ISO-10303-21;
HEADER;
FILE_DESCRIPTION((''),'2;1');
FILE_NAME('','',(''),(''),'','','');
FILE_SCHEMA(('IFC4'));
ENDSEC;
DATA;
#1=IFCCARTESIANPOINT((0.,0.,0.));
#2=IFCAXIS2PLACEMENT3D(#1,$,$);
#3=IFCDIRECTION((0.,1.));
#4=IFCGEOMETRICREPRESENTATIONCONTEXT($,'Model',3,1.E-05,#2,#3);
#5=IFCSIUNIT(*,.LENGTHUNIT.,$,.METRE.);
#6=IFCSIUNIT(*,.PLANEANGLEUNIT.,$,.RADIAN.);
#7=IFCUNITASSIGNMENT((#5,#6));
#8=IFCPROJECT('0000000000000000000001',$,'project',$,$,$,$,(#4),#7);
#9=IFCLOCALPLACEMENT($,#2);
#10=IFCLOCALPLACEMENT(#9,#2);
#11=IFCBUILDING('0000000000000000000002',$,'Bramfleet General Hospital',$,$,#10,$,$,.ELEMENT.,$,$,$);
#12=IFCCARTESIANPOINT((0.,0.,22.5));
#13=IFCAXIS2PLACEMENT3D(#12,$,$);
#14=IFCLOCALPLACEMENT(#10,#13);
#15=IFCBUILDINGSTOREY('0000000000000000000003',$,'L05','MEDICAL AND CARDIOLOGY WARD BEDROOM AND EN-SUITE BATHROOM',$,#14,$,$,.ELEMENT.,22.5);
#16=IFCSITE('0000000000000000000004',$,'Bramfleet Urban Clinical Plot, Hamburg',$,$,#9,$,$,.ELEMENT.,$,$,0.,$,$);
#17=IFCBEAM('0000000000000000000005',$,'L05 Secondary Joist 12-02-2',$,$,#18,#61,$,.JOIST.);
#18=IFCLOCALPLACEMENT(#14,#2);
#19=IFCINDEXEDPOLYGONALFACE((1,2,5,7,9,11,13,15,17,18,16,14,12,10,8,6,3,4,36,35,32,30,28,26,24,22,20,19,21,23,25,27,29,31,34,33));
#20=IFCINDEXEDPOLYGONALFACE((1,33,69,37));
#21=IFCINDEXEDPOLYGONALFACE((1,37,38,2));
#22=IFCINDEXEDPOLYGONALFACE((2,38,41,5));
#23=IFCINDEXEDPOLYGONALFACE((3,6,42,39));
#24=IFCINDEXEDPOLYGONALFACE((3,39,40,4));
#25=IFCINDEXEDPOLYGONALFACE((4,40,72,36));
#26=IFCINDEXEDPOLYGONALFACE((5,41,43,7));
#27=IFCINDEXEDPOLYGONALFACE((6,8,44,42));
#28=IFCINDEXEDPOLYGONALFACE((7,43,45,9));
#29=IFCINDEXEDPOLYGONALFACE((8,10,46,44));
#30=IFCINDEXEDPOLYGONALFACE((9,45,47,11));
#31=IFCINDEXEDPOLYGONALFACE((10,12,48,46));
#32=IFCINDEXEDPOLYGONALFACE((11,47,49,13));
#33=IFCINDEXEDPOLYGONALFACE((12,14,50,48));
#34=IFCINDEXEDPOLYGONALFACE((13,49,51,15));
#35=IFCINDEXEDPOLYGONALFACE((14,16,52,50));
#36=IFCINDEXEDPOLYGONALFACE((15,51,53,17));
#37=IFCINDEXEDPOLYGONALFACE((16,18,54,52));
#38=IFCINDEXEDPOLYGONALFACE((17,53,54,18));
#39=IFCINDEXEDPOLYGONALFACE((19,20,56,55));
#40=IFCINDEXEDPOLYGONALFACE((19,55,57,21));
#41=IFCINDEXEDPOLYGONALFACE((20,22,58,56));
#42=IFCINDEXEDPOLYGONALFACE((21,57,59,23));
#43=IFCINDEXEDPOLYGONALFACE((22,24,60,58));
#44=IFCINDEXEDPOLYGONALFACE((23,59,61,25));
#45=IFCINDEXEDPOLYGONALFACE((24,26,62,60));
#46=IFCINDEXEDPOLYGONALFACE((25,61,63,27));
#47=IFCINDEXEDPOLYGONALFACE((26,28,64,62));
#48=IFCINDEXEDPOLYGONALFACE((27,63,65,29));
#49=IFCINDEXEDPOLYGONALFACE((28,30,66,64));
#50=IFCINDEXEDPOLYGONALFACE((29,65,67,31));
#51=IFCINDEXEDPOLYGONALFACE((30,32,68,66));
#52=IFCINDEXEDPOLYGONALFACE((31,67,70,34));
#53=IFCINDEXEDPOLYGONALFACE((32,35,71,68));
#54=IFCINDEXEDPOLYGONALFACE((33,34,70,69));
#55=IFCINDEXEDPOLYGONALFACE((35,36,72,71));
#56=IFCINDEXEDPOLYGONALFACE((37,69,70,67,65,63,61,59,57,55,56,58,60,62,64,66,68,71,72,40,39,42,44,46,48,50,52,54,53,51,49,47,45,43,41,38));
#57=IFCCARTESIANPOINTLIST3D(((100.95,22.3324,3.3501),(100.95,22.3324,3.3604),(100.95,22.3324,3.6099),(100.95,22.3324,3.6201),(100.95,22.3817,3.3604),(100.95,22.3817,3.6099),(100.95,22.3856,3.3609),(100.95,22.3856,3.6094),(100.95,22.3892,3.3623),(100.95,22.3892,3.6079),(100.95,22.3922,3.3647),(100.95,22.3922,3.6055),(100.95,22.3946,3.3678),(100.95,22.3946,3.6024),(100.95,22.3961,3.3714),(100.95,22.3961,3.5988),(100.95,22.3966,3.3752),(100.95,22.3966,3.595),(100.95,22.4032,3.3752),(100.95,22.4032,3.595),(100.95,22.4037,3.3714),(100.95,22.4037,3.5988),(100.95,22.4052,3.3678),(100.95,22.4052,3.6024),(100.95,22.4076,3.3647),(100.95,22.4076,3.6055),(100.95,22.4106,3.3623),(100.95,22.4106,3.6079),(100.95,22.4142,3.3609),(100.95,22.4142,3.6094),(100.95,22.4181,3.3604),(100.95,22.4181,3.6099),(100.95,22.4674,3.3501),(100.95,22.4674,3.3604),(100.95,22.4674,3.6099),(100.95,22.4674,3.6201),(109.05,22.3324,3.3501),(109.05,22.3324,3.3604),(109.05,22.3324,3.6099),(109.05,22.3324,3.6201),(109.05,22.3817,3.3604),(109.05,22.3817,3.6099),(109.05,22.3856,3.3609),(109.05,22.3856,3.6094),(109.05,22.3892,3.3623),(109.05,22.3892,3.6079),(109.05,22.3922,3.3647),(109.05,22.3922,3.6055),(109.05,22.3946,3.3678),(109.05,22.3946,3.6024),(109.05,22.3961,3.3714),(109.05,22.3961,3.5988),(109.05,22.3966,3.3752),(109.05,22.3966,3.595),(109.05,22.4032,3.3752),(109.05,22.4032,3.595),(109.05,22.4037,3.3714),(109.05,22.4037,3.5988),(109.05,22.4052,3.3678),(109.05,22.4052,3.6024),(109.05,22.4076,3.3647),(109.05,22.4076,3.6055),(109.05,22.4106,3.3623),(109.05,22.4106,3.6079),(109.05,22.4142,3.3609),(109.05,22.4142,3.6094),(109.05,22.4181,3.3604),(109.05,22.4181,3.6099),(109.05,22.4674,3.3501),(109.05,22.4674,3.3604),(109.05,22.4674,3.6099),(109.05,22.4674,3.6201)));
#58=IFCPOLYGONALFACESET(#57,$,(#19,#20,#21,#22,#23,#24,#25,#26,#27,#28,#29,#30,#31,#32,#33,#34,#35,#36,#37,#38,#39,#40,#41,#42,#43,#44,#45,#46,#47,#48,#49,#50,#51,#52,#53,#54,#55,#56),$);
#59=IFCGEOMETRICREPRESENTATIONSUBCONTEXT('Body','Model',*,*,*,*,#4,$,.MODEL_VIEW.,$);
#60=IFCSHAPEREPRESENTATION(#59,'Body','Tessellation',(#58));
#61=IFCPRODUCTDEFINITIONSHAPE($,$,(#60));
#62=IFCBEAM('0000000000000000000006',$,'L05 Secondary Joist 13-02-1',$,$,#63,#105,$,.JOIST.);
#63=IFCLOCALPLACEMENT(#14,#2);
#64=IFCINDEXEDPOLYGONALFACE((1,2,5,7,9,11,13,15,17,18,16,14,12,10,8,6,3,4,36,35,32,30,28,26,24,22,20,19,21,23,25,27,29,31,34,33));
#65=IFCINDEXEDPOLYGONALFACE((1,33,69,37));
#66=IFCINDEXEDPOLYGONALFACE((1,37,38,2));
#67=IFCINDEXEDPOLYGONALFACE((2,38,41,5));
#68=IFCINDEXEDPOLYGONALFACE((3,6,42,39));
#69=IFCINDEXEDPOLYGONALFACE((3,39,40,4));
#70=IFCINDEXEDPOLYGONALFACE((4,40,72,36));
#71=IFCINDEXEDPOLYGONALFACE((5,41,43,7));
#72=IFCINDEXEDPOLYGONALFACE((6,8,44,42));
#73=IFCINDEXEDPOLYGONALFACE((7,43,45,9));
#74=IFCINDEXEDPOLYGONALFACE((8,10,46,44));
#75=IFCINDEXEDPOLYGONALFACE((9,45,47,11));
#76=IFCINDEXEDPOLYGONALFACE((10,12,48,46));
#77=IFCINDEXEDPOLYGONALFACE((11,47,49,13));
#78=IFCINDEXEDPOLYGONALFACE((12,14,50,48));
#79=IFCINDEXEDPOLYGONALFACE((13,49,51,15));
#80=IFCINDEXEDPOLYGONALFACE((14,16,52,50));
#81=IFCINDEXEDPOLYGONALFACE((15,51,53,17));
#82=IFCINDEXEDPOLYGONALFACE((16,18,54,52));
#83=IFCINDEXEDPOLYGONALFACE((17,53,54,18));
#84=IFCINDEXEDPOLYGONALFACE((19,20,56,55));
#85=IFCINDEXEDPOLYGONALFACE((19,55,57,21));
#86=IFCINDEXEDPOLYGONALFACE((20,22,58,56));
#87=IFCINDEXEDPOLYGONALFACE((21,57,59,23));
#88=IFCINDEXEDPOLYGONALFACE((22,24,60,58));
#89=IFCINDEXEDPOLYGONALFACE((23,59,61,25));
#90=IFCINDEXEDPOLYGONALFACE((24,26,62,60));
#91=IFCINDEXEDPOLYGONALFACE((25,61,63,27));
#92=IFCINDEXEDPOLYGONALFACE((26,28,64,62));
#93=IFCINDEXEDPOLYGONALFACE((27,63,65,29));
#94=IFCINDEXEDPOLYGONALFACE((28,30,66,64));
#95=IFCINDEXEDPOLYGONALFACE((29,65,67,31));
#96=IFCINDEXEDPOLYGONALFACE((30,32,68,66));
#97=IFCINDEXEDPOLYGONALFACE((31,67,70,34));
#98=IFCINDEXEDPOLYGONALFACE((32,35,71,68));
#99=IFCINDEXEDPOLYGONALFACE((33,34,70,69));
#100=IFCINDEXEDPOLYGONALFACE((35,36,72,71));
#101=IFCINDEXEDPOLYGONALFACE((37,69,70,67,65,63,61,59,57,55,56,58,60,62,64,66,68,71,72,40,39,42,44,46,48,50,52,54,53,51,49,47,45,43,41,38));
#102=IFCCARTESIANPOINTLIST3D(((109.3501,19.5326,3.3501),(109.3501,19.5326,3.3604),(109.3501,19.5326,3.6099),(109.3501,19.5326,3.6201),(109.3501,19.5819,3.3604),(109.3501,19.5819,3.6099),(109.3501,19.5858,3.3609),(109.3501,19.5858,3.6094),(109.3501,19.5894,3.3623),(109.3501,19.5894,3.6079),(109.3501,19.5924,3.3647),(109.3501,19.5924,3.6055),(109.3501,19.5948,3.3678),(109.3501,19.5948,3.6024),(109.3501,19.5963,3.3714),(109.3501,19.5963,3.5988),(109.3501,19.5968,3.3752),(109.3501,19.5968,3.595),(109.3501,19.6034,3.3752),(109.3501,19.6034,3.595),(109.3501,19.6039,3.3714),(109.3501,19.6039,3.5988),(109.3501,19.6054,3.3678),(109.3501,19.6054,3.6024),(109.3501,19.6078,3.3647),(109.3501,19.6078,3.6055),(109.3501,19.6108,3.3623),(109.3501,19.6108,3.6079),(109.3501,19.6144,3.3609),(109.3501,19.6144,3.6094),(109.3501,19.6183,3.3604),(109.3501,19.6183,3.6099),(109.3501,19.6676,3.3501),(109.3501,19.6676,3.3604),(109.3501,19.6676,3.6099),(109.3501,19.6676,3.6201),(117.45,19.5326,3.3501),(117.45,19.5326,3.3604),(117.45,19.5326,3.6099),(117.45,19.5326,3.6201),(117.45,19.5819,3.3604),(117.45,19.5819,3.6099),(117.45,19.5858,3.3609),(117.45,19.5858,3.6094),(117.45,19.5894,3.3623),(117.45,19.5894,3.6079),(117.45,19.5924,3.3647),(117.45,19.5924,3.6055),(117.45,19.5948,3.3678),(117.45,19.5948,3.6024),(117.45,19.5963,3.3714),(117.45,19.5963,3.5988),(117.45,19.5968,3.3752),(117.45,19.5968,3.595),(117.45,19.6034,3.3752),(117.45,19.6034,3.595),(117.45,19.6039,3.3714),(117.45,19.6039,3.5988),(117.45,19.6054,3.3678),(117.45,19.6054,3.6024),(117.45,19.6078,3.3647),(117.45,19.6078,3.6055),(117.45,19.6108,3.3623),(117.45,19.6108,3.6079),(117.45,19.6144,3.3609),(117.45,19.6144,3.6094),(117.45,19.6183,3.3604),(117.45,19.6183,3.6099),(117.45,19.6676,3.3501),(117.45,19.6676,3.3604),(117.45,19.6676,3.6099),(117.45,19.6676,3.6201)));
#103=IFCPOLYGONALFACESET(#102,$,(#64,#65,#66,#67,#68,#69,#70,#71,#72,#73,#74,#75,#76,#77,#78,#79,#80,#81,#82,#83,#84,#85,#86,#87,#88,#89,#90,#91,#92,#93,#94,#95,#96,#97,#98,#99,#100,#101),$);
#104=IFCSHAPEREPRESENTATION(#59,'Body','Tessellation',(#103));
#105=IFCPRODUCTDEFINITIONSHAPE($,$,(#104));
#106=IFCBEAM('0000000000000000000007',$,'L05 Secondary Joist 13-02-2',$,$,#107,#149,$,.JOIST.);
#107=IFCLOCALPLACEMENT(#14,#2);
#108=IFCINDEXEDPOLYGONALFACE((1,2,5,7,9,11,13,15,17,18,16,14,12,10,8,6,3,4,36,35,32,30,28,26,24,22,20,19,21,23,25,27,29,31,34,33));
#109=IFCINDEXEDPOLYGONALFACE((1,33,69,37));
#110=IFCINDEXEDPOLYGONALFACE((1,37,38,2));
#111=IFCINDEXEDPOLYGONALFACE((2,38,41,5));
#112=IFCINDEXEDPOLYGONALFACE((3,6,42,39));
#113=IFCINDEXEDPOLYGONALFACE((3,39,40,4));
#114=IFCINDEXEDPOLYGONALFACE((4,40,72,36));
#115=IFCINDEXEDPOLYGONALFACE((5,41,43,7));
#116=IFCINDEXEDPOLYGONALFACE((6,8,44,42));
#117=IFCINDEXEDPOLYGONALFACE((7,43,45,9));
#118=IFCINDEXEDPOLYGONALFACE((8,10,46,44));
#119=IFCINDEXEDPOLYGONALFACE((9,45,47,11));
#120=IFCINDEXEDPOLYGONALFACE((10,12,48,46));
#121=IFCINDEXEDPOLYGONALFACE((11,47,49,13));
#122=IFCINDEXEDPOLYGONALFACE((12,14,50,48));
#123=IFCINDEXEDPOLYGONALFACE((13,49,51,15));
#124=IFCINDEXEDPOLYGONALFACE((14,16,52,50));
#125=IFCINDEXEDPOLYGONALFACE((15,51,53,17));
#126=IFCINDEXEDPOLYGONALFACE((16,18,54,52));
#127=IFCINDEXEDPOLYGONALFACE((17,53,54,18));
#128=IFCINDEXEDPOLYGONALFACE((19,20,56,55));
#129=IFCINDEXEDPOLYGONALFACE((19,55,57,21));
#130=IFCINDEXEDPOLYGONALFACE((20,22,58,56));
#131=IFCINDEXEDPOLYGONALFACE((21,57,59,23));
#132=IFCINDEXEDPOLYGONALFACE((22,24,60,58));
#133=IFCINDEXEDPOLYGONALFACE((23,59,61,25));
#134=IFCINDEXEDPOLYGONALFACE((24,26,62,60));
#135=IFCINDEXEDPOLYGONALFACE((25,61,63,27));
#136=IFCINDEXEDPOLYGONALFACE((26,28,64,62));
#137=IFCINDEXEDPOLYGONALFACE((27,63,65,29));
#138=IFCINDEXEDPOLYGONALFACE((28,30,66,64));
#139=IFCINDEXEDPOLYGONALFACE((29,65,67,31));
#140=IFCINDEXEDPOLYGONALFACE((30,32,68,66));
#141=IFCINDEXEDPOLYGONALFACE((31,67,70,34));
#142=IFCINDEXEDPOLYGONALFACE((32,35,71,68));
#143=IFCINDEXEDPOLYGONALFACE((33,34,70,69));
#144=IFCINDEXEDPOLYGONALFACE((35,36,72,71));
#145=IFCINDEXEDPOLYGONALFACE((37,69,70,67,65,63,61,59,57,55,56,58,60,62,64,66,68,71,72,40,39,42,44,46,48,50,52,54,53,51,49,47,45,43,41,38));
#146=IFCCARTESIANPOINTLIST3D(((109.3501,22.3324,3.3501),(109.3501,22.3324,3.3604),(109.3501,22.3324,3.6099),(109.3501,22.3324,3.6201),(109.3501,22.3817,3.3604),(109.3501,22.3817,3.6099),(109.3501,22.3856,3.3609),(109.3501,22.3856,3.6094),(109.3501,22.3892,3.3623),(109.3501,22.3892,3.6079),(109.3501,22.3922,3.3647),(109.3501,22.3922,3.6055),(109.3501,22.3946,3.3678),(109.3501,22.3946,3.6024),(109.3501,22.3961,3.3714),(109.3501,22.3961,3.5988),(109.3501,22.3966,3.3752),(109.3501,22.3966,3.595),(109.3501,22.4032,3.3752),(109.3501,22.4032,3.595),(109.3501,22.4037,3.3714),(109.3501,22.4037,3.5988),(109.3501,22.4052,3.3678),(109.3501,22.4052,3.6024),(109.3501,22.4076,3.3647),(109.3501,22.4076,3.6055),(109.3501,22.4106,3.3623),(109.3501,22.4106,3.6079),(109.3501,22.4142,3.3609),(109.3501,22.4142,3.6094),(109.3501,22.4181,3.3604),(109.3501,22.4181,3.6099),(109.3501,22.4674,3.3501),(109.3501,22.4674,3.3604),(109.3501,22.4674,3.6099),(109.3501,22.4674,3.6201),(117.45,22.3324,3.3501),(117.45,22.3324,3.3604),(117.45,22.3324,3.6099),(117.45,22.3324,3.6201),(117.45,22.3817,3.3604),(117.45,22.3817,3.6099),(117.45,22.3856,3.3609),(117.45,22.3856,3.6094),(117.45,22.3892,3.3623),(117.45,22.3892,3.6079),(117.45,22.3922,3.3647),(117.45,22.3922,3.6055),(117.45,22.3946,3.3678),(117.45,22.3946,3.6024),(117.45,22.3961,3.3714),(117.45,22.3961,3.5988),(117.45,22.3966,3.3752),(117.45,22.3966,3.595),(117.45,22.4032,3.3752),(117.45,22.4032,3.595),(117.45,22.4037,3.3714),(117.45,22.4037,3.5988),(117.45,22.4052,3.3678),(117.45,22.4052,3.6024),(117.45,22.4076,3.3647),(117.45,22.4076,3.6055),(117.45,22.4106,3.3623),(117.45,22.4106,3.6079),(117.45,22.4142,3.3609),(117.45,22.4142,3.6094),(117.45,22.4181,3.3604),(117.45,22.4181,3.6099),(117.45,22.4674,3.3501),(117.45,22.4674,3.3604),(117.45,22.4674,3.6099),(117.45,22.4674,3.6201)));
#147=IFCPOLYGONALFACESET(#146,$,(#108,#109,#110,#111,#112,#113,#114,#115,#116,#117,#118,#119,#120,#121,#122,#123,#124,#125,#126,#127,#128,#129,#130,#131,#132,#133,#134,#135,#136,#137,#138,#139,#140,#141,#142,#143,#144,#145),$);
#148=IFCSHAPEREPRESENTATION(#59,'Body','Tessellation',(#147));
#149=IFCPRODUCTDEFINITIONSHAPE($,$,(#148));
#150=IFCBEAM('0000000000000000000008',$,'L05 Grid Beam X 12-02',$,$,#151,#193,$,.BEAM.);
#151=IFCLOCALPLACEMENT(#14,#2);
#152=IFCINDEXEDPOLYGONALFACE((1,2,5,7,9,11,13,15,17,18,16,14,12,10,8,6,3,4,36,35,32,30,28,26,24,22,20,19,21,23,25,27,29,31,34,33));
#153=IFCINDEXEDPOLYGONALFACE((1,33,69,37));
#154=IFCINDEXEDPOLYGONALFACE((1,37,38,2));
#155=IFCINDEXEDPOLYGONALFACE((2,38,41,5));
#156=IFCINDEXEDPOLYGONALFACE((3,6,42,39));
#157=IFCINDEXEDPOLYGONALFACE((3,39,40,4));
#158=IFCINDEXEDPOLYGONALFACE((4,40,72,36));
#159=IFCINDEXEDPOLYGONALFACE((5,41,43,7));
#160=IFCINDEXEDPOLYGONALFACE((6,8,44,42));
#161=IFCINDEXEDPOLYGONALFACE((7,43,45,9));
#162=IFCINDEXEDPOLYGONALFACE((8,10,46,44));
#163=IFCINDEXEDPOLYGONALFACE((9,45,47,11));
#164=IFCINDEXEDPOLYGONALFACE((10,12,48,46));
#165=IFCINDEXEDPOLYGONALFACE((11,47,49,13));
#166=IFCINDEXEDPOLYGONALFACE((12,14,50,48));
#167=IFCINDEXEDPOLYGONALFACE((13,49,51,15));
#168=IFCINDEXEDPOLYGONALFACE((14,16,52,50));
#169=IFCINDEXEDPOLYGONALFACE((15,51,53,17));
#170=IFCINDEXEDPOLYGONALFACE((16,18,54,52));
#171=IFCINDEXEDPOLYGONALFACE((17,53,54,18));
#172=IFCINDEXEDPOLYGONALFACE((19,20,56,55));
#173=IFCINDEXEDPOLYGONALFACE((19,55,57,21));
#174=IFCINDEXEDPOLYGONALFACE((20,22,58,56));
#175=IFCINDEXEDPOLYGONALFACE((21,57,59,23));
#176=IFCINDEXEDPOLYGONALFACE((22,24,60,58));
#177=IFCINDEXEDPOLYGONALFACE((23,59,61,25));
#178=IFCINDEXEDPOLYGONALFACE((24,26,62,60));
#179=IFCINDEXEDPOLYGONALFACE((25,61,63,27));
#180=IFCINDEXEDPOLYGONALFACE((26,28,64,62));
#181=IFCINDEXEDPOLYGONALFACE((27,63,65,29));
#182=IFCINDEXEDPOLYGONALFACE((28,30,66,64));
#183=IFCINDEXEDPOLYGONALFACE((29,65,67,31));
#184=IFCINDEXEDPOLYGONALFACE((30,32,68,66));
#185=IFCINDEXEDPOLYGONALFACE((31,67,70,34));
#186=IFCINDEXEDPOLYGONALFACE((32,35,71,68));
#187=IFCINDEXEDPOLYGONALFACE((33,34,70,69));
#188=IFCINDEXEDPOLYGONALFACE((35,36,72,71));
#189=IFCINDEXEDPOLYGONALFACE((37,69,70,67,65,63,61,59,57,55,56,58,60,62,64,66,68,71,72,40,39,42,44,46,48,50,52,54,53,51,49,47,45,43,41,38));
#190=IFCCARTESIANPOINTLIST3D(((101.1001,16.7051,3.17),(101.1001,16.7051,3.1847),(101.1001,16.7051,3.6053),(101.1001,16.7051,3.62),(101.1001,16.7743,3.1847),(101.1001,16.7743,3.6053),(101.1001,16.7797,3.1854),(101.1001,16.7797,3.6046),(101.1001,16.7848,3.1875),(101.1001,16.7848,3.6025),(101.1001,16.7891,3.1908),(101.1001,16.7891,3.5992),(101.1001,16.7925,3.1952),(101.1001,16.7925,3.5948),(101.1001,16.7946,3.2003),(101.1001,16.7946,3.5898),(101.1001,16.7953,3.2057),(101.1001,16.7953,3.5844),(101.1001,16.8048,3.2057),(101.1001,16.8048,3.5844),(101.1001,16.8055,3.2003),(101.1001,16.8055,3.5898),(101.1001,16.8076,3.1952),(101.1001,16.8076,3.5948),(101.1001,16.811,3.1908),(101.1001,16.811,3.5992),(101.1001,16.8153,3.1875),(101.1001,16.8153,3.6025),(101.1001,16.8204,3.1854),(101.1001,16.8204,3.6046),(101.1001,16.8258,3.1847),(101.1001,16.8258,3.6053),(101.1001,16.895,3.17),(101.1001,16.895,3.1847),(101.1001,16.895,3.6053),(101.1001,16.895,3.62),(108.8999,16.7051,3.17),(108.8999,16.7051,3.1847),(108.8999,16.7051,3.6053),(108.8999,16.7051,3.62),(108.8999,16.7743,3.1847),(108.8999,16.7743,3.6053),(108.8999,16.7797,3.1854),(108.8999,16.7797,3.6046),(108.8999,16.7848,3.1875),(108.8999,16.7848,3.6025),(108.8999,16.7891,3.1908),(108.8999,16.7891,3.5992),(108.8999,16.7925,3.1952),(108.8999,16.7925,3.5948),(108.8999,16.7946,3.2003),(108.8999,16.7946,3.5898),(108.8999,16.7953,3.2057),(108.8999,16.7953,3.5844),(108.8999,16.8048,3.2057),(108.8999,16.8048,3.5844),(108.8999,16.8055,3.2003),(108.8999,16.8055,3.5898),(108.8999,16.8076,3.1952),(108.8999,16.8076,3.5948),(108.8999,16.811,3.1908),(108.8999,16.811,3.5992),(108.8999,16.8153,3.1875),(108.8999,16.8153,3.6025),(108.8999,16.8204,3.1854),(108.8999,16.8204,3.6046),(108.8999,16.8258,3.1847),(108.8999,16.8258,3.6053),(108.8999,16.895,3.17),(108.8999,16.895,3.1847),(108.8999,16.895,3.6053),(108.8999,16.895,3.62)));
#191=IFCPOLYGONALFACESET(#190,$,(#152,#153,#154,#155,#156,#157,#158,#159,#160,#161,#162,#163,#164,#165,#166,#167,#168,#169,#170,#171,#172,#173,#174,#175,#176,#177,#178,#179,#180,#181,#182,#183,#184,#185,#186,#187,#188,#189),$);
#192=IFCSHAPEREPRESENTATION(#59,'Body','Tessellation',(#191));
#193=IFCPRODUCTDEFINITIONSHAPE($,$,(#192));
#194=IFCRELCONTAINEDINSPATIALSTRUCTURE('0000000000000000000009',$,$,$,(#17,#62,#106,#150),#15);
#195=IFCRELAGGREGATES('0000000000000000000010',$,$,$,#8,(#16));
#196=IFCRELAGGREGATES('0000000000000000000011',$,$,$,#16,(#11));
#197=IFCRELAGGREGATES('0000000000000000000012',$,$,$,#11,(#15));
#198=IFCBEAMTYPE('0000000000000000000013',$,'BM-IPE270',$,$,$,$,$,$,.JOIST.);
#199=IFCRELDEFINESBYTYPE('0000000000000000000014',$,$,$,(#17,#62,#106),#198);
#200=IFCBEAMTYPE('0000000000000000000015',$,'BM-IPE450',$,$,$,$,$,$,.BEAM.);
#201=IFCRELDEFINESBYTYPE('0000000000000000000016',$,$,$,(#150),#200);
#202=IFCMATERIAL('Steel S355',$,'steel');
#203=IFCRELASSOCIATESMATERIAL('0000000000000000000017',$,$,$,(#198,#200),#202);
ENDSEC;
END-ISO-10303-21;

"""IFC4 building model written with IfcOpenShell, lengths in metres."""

from ifc_helpers import new_model, si_unit, direction, frame, origin, origin_2d, place, context, subcontext, project, spatial, i_section, extrude, material, material_profile, profile_set, type_object, element, save


model = new_model("IFC4")

# Units and contexts
model_context = context("Model", 3, precision=1e-05, world=origin(), true_north=direction((0.0, 1.0)))
body_context = subcontext(model_context, "Body", "Model", "MODEL_VIEW")
ifc_project = project(units=[si_unit("LENGTHUNIT", "METRE"), si_unit("PLANEANGLEUNIT", "RADIAN")], contexts=[model_context])

# Site, building, storey
site_placement = place(None, origin())
site = spatial("IfcSite", under=ifc_project, at=site_placement, Name="Bramfleet Urban Clinical Plot, Hamburg", CompositionType="ELEMENT", RefElevation=0.0)
building_placement = place(site_placement, origin())
building = spatial("IfcBuilding", under=site, at=building_placement, Name="Bramfleet General Hospital", CompositionType="ELEMENT")
storey_placement = place(building_placement, frame((0.0, 0.0, 22.5)))
storey = spatial("IfcBuildingStorey", under=building, at=storey_placement, Name="L05", Description="MEDICAL AND CARDIOLOGY WARD BEDROOM AND EN-SUITE BATHROOM", CompositionType="ELEMENT", Elevation=22.5)

# Beams
ifc_material_1 = material(Name="Steel S355", Category="steel")
ifc_material_profile_1 = material_profile(ifc_material_1, i_section(OverallWidth=0.135, OverallDepth=0.27, WebThickness=0.0066, FlangeThickness=0.0103, FilletRadius=0.0149, at=origin_2d()), Name="IPE 270")
ifc_profile_set_1 = profile_set([ifc_material_profile_1], Name="Steel S355")
beam_type_1 = type_object("IfcBeamType", Name="BM-IPE270", PredefinedType="JOIST", material=ifc_profile_set_1)
for number, where, z_axis, x_axis, name in (
    (1, (100.95, 22.3999, 3.4851), (1.0, 0.0, 0.0), (0.0, 1.0, 0.0), "L05 Secondary Joist 12-02-2"),
):
    element("IfcBeam", number, at=place(storey_placement, frame(where, z_axis=z_axis, x_axis=x_axis)), inside=storey, type_object=beam_type_1, Name=name, PredefinedType="JOIST", context=body_context, shape_type="SweptSolid", body=[
        extrude(i_section(OverallWidth=0.135, OverallDepth=0.27, WebThickness=0.0066, FlangeThickness=0.0103, FilletRadius=0.0149, at=origin_2d()), origin(), (0.0, 0.0, 1.0), 8.1001),
    ])
for number, where, z_axis, x_axis, name in (
    (2, (109.3501, 19.6001, 3.4851), (1.0, 0.0, 0.0), (0.0, 1.0, 0.0), "L05 Secondary Joist 13-02-1"),
    (3, (109.3501, 22.3999, 3.4851), (1.0, 0.0, 0.0), (0.0, 1.0, 0.0), "L05 Secondary Joist 13-02-2"),
):
    element("IfcBeam", number, at=place(storey_placement, frame(where, z_axis=z_axis, x_axis=x_axis)), inside=storey, type_object=beam_type_1, Name=name, PredefinedType="JOIST", context=body_context, shape_type="SweptSolid", body=[
        extrude(i_section(OverallWidth=0.135, OverallDepth=0.27, WebThickness=0.0066, FlangeThickness=0.0103, FilletRadius=0.0149, at=origin_2d()), origin(), (0.0, 0.0, 1.0), 8.0999),
    ])
ifc_material_profile_2 = material_profile(ifc_material_1, i_section(OverallWidth=0.1899, OverallDepth=0.45, WebThickness=0.0095, FlangeThickness=0.0146, FilletRadius=0.021, at=origin_2d()), Name="IPE 450")
ifc_profile_set_2 = profile_set([ifc_material_profile_2], Name="Steel S355")
beam_type_2 = type_object("IfcBeamType", Name="BM-IPE450", PredefinedType="BEAM", material=ifc_profile_set_2)
for number, where, z_axis, x_axis, name in (
    (4, (101.1001, 16.8, 3.395), (1.0, 0.0, 0.0), (0.0, 1.0, 0.0), "L05 Grid Beam X 12-02"),
):
    element("IfcBeam", number, at=place(storey_placement, frame(where, z_axis=z_axis, x_axis=x_axis)), inside=storey, type_object=beam_type_2, Name=name, PredefinedType="BEAM", context=body_context, shape_type="SweptSolid", body=[
        extrude(i_section(OverallWidth=0.1899, OverallDepth=0.45, WebThickness=0.0095, FlangeThickness=0.0146, FilletRadius=0.021, at=origin_2d()), origin(), (0.0, 0.0, 1.0), 7.7998),
    ])

save(model, "model.ifc")
